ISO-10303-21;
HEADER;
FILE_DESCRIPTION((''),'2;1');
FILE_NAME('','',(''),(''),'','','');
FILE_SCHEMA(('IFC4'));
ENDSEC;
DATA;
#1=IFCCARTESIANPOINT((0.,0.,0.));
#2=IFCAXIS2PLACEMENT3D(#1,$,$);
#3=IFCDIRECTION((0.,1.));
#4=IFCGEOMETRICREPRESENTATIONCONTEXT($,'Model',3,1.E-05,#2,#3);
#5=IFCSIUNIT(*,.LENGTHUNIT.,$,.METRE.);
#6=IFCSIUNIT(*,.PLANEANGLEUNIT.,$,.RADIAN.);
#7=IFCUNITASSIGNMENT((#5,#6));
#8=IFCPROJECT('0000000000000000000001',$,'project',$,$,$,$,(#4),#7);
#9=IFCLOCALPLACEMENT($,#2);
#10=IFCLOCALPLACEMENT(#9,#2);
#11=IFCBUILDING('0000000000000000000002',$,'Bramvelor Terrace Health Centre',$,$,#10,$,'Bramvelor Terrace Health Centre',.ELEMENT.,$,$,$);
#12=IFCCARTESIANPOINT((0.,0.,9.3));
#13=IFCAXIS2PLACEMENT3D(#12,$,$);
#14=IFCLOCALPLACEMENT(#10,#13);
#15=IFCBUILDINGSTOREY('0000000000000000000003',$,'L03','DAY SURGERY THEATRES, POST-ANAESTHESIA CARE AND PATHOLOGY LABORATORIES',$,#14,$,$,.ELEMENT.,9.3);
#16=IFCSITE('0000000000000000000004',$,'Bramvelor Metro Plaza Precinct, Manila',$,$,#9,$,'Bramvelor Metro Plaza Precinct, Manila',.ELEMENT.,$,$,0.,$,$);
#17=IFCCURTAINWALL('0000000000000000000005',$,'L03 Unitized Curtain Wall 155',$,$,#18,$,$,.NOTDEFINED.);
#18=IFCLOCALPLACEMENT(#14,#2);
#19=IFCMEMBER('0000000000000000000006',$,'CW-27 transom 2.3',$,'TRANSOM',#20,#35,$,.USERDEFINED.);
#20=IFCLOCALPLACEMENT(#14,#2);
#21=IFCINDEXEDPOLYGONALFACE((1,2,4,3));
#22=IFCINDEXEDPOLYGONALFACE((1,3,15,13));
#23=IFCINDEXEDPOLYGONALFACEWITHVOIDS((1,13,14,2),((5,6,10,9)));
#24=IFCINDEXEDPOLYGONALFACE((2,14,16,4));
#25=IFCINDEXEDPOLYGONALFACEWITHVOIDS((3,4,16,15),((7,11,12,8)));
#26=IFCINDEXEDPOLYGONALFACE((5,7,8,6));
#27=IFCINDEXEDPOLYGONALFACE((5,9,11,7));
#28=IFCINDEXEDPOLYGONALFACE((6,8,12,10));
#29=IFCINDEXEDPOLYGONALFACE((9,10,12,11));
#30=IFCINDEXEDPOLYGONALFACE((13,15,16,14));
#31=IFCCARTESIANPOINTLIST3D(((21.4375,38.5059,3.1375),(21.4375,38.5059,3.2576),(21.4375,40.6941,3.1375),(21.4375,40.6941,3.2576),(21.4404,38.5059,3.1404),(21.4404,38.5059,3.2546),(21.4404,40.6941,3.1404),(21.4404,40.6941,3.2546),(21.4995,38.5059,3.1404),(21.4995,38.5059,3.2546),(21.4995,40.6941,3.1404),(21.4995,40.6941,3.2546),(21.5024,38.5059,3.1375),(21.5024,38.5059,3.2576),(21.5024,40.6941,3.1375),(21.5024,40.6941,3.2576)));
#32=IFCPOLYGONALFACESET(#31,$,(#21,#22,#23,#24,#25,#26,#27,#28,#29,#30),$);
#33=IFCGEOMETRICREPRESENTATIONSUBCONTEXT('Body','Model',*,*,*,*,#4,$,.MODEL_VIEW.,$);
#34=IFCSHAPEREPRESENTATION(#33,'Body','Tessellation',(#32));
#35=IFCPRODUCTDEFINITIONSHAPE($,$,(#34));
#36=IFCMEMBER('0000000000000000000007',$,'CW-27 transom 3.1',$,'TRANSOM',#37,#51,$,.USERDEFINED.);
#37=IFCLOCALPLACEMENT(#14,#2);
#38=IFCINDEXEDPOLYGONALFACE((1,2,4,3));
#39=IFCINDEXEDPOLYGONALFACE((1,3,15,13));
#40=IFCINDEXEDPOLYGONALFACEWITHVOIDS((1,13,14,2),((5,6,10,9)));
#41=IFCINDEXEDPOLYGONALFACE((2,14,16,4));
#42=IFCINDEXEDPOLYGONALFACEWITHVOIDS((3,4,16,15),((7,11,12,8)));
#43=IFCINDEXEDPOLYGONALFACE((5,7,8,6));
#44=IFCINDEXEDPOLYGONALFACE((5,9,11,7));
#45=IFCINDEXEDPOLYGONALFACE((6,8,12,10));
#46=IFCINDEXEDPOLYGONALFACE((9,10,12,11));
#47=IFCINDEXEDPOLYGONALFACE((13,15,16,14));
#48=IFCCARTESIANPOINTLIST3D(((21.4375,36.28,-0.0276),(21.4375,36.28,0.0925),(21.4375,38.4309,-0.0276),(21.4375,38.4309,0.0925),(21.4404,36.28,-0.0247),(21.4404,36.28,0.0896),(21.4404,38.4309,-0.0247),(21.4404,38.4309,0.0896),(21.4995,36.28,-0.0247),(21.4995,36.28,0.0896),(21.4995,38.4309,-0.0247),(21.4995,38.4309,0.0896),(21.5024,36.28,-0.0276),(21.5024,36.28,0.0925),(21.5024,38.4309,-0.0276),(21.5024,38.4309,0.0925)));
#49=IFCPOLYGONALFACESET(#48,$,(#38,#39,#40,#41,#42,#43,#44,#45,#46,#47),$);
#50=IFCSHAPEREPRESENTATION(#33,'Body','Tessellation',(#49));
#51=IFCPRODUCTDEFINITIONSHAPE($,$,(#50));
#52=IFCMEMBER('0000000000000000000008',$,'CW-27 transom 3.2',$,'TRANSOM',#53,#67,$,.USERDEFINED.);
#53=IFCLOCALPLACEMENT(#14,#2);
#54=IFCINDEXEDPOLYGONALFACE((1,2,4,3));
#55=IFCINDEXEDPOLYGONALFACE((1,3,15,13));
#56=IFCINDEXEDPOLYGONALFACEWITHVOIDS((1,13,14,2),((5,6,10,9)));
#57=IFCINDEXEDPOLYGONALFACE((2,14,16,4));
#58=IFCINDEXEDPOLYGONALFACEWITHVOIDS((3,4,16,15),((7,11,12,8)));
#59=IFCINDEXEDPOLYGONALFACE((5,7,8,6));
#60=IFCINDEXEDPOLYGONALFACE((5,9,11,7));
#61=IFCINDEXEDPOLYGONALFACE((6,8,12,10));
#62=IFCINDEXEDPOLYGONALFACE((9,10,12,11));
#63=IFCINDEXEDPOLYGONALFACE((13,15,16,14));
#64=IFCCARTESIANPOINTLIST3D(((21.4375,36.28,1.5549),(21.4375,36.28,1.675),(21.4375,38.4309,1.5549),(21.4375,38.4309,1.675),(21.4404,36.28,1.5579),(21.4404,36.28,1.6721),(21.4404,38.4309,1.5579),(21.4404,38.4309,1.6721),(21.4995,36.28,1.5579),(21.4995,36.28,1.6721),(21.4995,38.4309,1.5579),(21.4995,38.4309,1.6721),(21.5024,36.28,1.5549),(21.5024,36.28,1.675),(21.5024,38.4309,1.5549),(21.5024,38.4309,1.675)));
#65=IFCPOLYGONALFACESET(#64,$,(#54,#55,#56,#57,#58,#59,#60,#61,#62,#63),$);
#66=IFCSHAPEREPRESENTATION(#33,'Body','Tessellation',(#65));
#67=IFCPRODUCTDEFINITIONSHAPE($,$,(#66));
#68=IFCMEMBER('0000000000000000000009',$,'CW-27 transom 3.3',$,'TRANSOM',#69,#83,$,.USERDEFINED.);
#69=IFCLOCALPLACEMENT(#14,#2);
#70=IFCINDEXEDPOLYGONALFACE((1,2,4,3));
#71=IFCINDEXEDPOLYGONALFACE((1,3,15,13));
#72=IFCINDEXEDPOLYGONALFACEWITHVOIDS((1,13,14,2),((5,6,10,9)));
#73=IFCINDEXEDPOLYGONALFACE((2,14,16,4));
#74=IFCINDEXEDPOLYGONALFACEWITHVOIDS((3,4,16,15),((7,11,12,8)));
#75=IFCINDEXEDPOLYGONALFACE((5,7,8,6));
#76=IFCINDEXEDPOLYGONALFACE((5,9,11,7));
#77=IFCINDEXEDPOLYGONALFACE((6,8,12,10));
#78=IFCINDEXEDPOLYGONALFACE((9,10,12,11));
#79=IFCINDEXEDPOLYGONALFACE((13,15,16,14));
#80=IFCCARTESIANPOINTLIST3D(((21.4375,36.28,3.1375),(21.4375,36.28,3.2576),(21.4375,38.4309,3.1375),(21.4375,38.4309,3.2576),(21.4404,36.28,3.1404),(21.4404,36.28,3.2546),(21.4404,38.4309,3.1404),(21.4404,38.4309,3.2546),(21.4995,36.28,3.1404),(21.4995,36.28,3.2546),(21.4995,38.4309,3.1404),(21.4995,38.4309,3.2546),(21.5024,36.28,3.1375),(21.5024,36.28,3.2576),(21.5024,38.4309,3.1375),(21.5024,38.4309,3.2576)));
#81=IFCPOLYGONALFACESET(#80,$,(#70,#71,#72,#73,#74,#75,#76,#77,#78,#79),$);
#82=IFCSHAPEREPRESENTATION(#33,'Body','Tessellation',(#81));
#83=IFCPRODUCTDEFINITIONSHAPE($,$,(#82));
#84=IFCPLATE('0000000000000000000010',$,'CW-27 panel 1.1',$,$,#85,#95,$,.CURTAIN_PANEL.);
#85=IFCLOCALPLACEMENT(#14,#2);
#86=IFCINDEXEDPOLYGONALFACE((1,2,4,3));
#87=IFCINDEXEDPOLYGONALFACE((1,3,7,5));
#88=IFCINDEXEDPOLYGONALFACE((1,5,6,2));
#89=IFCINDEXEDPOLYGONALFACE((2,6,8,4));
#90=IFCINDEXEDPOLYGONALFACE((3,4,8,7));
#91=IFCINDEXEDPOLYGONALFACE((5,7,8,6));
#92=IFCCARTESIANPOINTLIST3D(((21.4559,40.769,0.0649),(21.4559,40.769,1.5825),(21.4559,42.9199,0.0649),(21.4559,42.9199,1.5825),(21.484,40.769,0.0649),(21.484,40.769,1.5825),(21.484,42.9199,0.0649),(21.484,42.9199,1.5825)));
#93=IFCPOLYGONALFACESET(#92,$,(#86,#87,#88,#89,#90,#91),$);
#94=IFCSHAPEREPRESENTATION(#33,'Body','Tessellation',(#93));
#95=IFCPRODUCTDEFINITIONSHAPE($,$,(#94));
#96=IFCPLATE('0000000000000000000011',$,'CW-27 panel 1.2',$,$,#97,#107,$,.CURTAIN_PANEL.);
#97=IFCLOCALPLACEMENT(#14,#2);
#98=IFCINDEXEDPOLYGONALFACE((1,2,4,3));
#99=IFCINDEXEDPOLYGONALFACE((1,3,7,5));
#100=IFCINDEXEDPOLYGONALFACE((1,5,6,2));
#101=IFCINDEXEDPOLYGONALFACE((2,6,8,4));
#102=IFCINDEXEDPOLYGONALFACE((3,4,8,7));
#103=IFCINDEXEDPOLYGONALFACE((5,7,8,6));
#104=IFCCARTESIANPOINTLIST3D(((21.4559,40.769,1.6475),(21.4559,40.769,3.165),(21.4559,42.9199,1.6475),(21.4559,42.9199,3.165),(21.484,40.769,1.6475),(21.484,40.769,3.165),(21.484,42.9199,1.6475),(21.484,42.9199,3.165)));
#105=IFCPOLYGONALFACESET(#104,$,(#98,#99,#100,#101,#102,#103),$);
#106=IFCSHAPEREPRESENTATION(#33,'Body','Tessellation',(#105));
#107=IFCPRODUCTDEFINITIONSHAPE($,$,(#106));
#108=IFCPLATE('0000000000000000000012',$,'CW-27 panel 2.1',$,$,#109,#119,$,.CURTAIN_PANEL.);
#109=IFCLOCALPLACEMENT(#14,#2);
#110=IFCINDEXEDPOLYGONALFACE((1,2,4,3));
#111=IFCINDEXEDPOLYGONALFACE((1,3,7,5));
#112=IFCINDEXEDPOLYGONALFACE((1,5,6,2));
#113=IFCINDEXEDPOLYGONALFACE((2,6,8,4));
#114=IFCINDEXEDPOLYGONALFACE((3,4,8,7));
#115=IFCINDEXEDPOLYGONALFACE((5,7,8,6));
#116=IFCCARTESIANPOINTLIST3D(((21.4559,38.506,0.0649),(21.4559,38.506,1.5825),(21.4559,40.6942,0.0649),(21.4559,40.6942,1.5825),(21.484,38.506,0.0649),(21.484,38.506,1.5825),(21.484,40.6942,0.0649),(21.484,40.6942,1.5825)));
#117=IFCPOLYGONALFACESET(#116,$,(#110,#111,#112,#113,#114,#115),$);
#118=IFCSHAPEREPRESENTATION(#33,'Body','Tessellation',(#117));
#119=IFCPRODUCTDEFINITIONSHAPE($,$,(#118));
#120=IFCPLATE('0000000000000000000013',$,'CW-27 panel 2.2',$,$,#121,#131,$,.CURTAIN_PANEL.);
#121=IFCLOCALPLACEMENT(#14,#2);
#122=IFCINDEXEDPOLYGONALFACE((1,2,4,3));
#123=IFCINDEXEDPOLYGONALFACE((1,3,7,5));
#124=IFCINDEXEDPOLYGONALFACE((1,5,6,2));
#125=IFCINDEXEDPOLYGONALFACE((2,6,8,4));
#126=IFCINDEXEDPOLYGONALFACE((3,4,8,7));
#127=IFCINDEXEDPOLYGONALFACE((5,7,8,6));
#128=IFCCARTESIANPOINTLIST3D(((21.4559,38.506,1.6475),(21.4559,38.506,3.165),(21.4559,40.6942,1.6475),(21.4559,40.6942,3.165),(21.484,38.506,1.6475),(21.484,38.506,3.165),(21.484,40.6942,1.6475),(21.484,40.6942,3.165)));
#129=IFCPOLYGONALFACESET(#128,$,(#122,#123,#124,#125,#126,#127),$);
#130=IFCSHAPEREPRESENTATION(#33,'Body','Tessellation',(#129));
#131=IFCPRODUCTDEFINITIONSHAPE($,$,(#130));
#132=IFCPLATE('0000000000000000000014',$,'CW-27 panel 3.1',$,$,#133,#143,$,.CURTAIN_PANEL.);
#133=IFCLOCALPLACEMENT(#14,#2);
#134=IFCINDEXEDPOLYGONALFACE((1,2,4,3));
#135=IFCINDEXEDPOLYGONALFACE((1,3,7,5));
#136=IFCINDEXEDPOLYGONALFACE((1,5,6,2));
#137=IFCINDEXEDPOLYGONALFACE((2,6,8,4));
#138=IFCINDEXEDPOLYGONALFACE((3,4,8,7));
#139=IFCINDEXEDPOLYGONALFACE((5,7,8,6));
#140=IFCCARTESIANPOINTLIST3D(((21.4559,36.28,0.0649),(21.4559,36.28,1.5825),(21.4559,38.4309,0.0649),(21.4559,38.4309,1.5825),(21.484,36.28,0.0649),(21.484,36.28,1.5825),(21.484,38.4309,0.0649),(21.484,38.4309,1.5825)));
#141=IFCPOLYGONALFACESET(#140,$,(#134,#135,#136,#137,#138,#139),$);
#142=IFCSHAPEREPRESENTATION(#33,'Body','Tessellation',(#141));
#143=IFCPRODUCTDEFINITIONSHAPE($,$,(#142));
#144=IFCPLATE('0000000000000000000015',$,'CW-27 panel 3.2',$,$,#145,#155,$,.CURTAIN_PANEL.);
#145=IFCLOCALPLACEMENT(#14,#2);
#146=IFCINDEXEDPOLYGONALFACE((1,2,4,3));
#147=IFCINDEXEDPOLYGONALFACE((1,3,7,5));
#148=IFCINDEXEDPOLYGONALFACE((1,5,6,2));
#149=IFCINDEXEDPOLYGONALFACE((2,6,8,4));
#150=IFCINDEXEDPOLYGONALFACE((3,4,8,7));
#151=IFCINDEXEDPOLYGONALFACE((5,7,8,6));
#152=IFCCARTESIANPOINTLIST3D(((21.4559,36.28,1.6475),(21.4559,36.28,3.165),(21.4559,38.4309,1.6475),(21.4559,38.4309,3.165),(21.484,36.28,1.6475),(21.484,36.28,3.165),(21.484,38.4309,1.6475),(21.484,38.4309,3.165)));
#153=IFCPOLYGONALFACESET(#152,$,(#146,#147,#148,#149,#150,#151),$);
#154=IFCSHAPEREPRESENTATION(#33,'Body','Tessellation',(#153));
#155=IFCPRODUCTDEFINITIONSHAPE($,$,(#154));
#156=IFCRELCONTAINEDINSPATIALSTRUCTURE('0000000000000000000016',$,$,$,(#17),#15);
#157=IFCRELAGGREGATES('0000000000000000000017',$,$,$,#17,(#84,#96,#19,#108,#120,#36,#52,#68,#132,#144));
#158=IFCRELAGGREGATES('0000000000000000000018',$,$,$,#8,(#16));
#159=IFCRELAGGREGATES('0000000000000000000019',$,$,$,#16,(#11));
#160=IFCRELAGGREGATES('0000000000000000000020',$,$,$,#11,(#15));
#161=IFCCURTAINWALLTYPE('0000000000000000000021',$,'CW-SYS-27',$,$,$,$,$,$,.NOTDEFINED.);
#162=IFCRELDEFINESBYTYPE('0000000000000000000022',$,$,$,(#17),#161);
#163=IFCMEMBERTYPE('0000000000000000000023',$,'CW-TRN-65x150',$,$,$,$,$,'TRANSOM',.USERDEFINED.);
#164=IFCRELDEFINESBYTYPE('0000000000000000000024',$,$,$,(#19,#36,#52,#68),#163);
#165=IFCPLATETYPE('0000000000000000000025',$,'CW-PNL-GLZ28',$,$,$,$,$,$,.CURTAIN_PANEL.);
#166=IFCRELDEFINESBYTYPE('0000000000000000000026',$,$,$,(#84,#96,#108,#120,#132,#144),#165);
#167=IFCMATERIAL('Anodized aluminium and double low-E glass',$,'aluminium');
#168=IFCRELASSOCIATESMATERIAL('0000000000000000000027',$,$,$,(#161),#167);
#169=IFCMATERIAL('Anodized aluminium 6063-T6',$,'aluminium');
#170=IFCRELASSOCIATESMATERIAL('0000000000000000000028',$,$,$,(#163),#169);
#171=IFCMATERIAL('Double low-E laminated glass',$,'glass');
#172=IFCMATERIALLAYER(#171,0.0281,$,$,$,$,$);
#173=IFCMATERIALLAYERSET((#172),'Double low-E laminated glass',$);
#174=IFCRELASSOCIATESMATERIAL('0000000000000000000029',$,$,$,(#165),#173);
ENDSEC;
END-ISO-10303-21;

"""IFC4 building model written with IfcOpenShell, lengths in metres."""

from ifc_helpers import new_model, si_unit, direction, frame, origin, origin_2d, place, context, subcontext, project, spatial, rectangle, hollow_rectangle, extrude, material, layer, layer_set, material_profile, profile_set, type_object, element, aggregate, save


model = new_model("IFC4")

# Units and contexts
model_context = context("Model", 3, precision=1e-05, world=origin(), true_north=direction((0.0, 1.0)))
body_context = subcontext(model_context, "Body", "Model", "MODEL_VIEW")
ifc_project = project(units=[si_unit("LENGTHUNIT", "METRE"), si_unit("PLANEANGLEUNIT", "RADIAN")], contexts=[model_context])

# Site, building, storey
site_placement = place(None, origin())
site = spatial("IfcSite", under=ifc_project, at=site_placement, Name="Bramvelor Metro Plaza Precinct, Manila", LongName="Bramvelor Metro Plaza Precinct, Manila", CompositionType="ELEMENT", RefElevation=0.0)
building_placement = place(site_placement, origin())
building = spatial("IfcBuilding", under=site, at=building_placement, Name="Bramvelor Terrace Health Centre", LongName="Bramvelor Terrace Health Centre", CompositionType="ELEMENT")
storey_placement = place(building_placement, frame((0.0, 0.0, 9.3)))
storey = spatial("IfcBuildingStorey", under=building, at=storey_placement, Name="L03", Description="DAY SURGERY THEATRES, POST-ANAESTHESIA CARE AND PATHOLOGY LABORATORIES", CompositionType="ELEMENT", Elevation=9.3)

# Curtain wall, members, plates
ifc_material_1 = material(Name="Anodized aluminium and double low-E glass", Category="aluminium")
curtain_wall_type = type_object("IfcCurtainWallType", Name="CW-SYS-27", PredefinedType="NOTDEFINED", material=ifc_material_1)
curtain_wall_placement = place(storey_placement, origin())
curtain_wall = element("IfcCurtainWall", 1, at=curtain_wall_placement, inside=storey, type_object=curtain_wall_type, Name="L03 Unitized Curtain Wall 155", PredefinedType="NOTDEFINED")
ifc_material_2 = material(Name="Anodized aluminium 6063-T6", Category="aluminium")
ifc_material_profile_1 = material_profile(ifc_material_2, hollow_rectangle(XDim=0.0649, YDim=0.1201, WallThickness=0.0029, at=origin_2d()), Name="ALU-TRN 65x120x3.0")
ifc_profile_set_1 = profile_set([ifc_material_profile_1], Name="Anodized aluminium 6063-T6")
member_type_1 = type_object("IfcMemberType", Name="CW-TRN-65x150", ElementType="TRANSOM", PredefinedType="USERDEFINED", material=ifc_profile_set_1)
member_1_placement = place(storey_placement, frame((21.47, 40.6941, 3.1975), z_axis=(0.0, -1.0, 0.0), x_axis=(1.0, 0.0, 0.0)))
member_1 = element("IfcMember", 2, at=member_1_placement, type_object=member_type_1, Name="CW-27 transom 2.3", ObjectType="TRANSOM", PredefinedType="USERDEFINED", context=body_context, shape_type="SweptSolid", body=[
    extrude(hollow_rectangle(XDim=0.0649, YDim=0.1201, WallThickness=0.0029, at=origin_2d()), origin(), (0.0, 0.0, 1.0), 2.1882),
])
member_2_placement = place(storey_placement, frame((21.47, 38.4309, 0.0325), z_axis=(0.0, -1.0, 0.0), x_axis=(1.0, 0.0, 0.0)))
member_2 = element("IfcMember", 3, at=member_2_placement, type_object=member_type_1, Name="CW-27 transom 3.1", ObjectType="TRANSOM", PredefinedType="USERDEFINED", context=body_context, shape_type="SweptSolid", body=[
    extrude(hollow_rectangle(XDim=0.0649, YDim=0.1201, WallThickness=0.0029, at=origin_2d()), origin(), (0.0, 0.0, 1.0), 2.1509),
])
member_3_placement = place(storey_placement, frame((21.47, 38.4309, 1.615), z_axis=(0.0, -1.0, 0.0), x_axis=(1.0, 0.0, 0.0)))
member_3 = element("IfcMember", 4, at=member_3_placement, type_object=member_type_1, Name="CW-27 transom 3.2", ObjectType="TRANSOM", PredefinedType="USERDEFINED", context=body_context, shape_type="SweptSolid", body=[
    extrude(hollow_rectangle(XDim=0.0649, YDim=0.1201, WallThickness=0.0029, at=origin_2d()), origin(), (0.0, 0.0, 1.0), 2.1509),
])
member_4_placement = place(storey_placement, frame((21.47, 38.4309, 3.1975), z_axis=(0.0, -1.0, 0.0), x_axis=(1.0, 0.0, 0.0)))
member_4 = element("IfcMember", 5, at=member_4_placement, type_object=member_type_1, Name="CW-27 transom 3.3", ObjectType="TRANSOM", PredefinedType="USERDEFINED", context=body_context, shape_type="SweptSolid", body=[
    extrude(hollow_rectangle(XDim=0.0649, YDim=0.1201, WallThickness=0.0029, at=origin_2d()), origin(), (0.0, 0.0, 1.0), 2.1509),
])
ifc_material_3 = material(Name="Double low-E laminated glass", Category="glass")
ifc_layer = layer(ifc_material_3, 0.0281)
ifc_layer_set = layer_set([ifc_layer], Name="Double low-E laminated glass")
plate_type = type_object("IfcPlateType", Name="CW-PNL-GLZ28", PredefinedType="CURTAIN_PANEL", material=ifc_layer_set)
plate_1_placement = place(storey_placement, frame((21.47, 41.8445, 0.0649), z_axis=(0.0, 0.0, 1.0), x_axis=(0.0, -1.0, 0.0)))
plate_1 = element("IfcPlate", 6, at=plate_1_placement, type_object=plate_type, Name="CW-27 panel 1.1", PredefinedType="CURTAIN_PANEL", context=body_context, shape_type="SweptSolid", body=[
    extrude(rectangle(XDim=2.1509, YDim=0.0281, at=origin_2d()), origin(), (0.0, 0.0, 1.0), 1.5176),
])
plate_2_placement = place(storey_placement, frame((21.47, 41.8445, 1.6475), z_axis=(0.0, 0.0, 1.0), x_axis=(0.0, -1.0, 0.0)))
plate_2 = element("IfcPlate", 7, at=plate_2_placement, type_object=plate_type, Name="CW-27 panel 1.2", PredefinedType="CURTAIN_PANEL", context=body_context, shape_type="SweptSolid", body=[
    extrude(rectangle(XDim=2.1509, YDim=0.0281, at=origin_2d()), origin(), (0.0, 0.0, 1.0), 1.5176),
])
plate_3_placement = place(storey_placement, frame((21.47, 39.6001, 0.0649), z_axis=(0.0, 0.0, 1.0), x_axis=(0.0, -1.0, 0.0)))
plate_3 = element("IfcPlate", 8, at=plate_3_placement, type_object=plate_type, Name="CW-27 panel 2.1", PredefinedType="CURTAIN_PANEL", context=body_context, shape_type="SweptSolid", body=[
    extrude(rectangle(XDim=2.1882, YDim=0.0281, at=origin_2d()), origin(), (0.0, 0.0, 1.0), 1.5176),
])
plate_4_placement = place(storey_placement, frame((21.47, 39.6001, 1.6475), z_axis=(0.0, 0.0, 1.0), x_axis=(0.0, -1.0, 0.0)))
plate_4 = element("IfcPlate", 9, at=plate_4_placement, type_object=plate_type, Name="CW-27 panel 2.2", PredefinedType="CURTAIN_PANEL", context=body_context, shape_type="SweptSolid", body=[
    extrude(rectangle(XDim=2.1882, YDim=0.0281, at=origin_2d()), origin(), (0.0, 0.0, 1.0), 1.5176),
])
plate_5_placement = place(storey_placement, frame((21.47, 37.3555, 0.0649), z_axis=(0.0, 0.0, 1.0), x_axis=(0.0, -1.0, 0.0)))
plate_5 = element("IfcPlate", 10, at=plate_5_placement, type_object=plate_type, Name="CW-27 panel 3.1", PredefinedType="CURTAIN_PANEL", context=body_context, shape_type="SweptSolid", body=[
    extrude(rectangle(XDim=2.1509, YDim=0.0281, at=origin_2d()), origin(), (0.0, 0.0, 1.0), 1.5176),
])
plate_6_placement = place(storey_placement, frame((21.47, 37.3555, 1.6475), z_axis=(0.0, 0.0, 1.0), x_axis=(0.0, -1.0, 0.0)))
plate_6 = element("IfcPlate", 11, at=plate_6_placement, type_object=plate_type, Name="CW-27 panel 3.2", PredefinedType="CURTAIN_PANEL", context=body_context, shape_type="SweptSolid", body=[
    extrude(rectangle(XDim=2.1509, YDim=0.0281, at=origin_2d()), origin(), (0.0, 0.0, 1.0), 1.5176),
])
aggregate(curtain_wall, [plate_1, plate_2, member_1, plate_3, plate_4, member_2, member_3, member_4, plate_5, plate_6])

save(model, "model.ifc")
